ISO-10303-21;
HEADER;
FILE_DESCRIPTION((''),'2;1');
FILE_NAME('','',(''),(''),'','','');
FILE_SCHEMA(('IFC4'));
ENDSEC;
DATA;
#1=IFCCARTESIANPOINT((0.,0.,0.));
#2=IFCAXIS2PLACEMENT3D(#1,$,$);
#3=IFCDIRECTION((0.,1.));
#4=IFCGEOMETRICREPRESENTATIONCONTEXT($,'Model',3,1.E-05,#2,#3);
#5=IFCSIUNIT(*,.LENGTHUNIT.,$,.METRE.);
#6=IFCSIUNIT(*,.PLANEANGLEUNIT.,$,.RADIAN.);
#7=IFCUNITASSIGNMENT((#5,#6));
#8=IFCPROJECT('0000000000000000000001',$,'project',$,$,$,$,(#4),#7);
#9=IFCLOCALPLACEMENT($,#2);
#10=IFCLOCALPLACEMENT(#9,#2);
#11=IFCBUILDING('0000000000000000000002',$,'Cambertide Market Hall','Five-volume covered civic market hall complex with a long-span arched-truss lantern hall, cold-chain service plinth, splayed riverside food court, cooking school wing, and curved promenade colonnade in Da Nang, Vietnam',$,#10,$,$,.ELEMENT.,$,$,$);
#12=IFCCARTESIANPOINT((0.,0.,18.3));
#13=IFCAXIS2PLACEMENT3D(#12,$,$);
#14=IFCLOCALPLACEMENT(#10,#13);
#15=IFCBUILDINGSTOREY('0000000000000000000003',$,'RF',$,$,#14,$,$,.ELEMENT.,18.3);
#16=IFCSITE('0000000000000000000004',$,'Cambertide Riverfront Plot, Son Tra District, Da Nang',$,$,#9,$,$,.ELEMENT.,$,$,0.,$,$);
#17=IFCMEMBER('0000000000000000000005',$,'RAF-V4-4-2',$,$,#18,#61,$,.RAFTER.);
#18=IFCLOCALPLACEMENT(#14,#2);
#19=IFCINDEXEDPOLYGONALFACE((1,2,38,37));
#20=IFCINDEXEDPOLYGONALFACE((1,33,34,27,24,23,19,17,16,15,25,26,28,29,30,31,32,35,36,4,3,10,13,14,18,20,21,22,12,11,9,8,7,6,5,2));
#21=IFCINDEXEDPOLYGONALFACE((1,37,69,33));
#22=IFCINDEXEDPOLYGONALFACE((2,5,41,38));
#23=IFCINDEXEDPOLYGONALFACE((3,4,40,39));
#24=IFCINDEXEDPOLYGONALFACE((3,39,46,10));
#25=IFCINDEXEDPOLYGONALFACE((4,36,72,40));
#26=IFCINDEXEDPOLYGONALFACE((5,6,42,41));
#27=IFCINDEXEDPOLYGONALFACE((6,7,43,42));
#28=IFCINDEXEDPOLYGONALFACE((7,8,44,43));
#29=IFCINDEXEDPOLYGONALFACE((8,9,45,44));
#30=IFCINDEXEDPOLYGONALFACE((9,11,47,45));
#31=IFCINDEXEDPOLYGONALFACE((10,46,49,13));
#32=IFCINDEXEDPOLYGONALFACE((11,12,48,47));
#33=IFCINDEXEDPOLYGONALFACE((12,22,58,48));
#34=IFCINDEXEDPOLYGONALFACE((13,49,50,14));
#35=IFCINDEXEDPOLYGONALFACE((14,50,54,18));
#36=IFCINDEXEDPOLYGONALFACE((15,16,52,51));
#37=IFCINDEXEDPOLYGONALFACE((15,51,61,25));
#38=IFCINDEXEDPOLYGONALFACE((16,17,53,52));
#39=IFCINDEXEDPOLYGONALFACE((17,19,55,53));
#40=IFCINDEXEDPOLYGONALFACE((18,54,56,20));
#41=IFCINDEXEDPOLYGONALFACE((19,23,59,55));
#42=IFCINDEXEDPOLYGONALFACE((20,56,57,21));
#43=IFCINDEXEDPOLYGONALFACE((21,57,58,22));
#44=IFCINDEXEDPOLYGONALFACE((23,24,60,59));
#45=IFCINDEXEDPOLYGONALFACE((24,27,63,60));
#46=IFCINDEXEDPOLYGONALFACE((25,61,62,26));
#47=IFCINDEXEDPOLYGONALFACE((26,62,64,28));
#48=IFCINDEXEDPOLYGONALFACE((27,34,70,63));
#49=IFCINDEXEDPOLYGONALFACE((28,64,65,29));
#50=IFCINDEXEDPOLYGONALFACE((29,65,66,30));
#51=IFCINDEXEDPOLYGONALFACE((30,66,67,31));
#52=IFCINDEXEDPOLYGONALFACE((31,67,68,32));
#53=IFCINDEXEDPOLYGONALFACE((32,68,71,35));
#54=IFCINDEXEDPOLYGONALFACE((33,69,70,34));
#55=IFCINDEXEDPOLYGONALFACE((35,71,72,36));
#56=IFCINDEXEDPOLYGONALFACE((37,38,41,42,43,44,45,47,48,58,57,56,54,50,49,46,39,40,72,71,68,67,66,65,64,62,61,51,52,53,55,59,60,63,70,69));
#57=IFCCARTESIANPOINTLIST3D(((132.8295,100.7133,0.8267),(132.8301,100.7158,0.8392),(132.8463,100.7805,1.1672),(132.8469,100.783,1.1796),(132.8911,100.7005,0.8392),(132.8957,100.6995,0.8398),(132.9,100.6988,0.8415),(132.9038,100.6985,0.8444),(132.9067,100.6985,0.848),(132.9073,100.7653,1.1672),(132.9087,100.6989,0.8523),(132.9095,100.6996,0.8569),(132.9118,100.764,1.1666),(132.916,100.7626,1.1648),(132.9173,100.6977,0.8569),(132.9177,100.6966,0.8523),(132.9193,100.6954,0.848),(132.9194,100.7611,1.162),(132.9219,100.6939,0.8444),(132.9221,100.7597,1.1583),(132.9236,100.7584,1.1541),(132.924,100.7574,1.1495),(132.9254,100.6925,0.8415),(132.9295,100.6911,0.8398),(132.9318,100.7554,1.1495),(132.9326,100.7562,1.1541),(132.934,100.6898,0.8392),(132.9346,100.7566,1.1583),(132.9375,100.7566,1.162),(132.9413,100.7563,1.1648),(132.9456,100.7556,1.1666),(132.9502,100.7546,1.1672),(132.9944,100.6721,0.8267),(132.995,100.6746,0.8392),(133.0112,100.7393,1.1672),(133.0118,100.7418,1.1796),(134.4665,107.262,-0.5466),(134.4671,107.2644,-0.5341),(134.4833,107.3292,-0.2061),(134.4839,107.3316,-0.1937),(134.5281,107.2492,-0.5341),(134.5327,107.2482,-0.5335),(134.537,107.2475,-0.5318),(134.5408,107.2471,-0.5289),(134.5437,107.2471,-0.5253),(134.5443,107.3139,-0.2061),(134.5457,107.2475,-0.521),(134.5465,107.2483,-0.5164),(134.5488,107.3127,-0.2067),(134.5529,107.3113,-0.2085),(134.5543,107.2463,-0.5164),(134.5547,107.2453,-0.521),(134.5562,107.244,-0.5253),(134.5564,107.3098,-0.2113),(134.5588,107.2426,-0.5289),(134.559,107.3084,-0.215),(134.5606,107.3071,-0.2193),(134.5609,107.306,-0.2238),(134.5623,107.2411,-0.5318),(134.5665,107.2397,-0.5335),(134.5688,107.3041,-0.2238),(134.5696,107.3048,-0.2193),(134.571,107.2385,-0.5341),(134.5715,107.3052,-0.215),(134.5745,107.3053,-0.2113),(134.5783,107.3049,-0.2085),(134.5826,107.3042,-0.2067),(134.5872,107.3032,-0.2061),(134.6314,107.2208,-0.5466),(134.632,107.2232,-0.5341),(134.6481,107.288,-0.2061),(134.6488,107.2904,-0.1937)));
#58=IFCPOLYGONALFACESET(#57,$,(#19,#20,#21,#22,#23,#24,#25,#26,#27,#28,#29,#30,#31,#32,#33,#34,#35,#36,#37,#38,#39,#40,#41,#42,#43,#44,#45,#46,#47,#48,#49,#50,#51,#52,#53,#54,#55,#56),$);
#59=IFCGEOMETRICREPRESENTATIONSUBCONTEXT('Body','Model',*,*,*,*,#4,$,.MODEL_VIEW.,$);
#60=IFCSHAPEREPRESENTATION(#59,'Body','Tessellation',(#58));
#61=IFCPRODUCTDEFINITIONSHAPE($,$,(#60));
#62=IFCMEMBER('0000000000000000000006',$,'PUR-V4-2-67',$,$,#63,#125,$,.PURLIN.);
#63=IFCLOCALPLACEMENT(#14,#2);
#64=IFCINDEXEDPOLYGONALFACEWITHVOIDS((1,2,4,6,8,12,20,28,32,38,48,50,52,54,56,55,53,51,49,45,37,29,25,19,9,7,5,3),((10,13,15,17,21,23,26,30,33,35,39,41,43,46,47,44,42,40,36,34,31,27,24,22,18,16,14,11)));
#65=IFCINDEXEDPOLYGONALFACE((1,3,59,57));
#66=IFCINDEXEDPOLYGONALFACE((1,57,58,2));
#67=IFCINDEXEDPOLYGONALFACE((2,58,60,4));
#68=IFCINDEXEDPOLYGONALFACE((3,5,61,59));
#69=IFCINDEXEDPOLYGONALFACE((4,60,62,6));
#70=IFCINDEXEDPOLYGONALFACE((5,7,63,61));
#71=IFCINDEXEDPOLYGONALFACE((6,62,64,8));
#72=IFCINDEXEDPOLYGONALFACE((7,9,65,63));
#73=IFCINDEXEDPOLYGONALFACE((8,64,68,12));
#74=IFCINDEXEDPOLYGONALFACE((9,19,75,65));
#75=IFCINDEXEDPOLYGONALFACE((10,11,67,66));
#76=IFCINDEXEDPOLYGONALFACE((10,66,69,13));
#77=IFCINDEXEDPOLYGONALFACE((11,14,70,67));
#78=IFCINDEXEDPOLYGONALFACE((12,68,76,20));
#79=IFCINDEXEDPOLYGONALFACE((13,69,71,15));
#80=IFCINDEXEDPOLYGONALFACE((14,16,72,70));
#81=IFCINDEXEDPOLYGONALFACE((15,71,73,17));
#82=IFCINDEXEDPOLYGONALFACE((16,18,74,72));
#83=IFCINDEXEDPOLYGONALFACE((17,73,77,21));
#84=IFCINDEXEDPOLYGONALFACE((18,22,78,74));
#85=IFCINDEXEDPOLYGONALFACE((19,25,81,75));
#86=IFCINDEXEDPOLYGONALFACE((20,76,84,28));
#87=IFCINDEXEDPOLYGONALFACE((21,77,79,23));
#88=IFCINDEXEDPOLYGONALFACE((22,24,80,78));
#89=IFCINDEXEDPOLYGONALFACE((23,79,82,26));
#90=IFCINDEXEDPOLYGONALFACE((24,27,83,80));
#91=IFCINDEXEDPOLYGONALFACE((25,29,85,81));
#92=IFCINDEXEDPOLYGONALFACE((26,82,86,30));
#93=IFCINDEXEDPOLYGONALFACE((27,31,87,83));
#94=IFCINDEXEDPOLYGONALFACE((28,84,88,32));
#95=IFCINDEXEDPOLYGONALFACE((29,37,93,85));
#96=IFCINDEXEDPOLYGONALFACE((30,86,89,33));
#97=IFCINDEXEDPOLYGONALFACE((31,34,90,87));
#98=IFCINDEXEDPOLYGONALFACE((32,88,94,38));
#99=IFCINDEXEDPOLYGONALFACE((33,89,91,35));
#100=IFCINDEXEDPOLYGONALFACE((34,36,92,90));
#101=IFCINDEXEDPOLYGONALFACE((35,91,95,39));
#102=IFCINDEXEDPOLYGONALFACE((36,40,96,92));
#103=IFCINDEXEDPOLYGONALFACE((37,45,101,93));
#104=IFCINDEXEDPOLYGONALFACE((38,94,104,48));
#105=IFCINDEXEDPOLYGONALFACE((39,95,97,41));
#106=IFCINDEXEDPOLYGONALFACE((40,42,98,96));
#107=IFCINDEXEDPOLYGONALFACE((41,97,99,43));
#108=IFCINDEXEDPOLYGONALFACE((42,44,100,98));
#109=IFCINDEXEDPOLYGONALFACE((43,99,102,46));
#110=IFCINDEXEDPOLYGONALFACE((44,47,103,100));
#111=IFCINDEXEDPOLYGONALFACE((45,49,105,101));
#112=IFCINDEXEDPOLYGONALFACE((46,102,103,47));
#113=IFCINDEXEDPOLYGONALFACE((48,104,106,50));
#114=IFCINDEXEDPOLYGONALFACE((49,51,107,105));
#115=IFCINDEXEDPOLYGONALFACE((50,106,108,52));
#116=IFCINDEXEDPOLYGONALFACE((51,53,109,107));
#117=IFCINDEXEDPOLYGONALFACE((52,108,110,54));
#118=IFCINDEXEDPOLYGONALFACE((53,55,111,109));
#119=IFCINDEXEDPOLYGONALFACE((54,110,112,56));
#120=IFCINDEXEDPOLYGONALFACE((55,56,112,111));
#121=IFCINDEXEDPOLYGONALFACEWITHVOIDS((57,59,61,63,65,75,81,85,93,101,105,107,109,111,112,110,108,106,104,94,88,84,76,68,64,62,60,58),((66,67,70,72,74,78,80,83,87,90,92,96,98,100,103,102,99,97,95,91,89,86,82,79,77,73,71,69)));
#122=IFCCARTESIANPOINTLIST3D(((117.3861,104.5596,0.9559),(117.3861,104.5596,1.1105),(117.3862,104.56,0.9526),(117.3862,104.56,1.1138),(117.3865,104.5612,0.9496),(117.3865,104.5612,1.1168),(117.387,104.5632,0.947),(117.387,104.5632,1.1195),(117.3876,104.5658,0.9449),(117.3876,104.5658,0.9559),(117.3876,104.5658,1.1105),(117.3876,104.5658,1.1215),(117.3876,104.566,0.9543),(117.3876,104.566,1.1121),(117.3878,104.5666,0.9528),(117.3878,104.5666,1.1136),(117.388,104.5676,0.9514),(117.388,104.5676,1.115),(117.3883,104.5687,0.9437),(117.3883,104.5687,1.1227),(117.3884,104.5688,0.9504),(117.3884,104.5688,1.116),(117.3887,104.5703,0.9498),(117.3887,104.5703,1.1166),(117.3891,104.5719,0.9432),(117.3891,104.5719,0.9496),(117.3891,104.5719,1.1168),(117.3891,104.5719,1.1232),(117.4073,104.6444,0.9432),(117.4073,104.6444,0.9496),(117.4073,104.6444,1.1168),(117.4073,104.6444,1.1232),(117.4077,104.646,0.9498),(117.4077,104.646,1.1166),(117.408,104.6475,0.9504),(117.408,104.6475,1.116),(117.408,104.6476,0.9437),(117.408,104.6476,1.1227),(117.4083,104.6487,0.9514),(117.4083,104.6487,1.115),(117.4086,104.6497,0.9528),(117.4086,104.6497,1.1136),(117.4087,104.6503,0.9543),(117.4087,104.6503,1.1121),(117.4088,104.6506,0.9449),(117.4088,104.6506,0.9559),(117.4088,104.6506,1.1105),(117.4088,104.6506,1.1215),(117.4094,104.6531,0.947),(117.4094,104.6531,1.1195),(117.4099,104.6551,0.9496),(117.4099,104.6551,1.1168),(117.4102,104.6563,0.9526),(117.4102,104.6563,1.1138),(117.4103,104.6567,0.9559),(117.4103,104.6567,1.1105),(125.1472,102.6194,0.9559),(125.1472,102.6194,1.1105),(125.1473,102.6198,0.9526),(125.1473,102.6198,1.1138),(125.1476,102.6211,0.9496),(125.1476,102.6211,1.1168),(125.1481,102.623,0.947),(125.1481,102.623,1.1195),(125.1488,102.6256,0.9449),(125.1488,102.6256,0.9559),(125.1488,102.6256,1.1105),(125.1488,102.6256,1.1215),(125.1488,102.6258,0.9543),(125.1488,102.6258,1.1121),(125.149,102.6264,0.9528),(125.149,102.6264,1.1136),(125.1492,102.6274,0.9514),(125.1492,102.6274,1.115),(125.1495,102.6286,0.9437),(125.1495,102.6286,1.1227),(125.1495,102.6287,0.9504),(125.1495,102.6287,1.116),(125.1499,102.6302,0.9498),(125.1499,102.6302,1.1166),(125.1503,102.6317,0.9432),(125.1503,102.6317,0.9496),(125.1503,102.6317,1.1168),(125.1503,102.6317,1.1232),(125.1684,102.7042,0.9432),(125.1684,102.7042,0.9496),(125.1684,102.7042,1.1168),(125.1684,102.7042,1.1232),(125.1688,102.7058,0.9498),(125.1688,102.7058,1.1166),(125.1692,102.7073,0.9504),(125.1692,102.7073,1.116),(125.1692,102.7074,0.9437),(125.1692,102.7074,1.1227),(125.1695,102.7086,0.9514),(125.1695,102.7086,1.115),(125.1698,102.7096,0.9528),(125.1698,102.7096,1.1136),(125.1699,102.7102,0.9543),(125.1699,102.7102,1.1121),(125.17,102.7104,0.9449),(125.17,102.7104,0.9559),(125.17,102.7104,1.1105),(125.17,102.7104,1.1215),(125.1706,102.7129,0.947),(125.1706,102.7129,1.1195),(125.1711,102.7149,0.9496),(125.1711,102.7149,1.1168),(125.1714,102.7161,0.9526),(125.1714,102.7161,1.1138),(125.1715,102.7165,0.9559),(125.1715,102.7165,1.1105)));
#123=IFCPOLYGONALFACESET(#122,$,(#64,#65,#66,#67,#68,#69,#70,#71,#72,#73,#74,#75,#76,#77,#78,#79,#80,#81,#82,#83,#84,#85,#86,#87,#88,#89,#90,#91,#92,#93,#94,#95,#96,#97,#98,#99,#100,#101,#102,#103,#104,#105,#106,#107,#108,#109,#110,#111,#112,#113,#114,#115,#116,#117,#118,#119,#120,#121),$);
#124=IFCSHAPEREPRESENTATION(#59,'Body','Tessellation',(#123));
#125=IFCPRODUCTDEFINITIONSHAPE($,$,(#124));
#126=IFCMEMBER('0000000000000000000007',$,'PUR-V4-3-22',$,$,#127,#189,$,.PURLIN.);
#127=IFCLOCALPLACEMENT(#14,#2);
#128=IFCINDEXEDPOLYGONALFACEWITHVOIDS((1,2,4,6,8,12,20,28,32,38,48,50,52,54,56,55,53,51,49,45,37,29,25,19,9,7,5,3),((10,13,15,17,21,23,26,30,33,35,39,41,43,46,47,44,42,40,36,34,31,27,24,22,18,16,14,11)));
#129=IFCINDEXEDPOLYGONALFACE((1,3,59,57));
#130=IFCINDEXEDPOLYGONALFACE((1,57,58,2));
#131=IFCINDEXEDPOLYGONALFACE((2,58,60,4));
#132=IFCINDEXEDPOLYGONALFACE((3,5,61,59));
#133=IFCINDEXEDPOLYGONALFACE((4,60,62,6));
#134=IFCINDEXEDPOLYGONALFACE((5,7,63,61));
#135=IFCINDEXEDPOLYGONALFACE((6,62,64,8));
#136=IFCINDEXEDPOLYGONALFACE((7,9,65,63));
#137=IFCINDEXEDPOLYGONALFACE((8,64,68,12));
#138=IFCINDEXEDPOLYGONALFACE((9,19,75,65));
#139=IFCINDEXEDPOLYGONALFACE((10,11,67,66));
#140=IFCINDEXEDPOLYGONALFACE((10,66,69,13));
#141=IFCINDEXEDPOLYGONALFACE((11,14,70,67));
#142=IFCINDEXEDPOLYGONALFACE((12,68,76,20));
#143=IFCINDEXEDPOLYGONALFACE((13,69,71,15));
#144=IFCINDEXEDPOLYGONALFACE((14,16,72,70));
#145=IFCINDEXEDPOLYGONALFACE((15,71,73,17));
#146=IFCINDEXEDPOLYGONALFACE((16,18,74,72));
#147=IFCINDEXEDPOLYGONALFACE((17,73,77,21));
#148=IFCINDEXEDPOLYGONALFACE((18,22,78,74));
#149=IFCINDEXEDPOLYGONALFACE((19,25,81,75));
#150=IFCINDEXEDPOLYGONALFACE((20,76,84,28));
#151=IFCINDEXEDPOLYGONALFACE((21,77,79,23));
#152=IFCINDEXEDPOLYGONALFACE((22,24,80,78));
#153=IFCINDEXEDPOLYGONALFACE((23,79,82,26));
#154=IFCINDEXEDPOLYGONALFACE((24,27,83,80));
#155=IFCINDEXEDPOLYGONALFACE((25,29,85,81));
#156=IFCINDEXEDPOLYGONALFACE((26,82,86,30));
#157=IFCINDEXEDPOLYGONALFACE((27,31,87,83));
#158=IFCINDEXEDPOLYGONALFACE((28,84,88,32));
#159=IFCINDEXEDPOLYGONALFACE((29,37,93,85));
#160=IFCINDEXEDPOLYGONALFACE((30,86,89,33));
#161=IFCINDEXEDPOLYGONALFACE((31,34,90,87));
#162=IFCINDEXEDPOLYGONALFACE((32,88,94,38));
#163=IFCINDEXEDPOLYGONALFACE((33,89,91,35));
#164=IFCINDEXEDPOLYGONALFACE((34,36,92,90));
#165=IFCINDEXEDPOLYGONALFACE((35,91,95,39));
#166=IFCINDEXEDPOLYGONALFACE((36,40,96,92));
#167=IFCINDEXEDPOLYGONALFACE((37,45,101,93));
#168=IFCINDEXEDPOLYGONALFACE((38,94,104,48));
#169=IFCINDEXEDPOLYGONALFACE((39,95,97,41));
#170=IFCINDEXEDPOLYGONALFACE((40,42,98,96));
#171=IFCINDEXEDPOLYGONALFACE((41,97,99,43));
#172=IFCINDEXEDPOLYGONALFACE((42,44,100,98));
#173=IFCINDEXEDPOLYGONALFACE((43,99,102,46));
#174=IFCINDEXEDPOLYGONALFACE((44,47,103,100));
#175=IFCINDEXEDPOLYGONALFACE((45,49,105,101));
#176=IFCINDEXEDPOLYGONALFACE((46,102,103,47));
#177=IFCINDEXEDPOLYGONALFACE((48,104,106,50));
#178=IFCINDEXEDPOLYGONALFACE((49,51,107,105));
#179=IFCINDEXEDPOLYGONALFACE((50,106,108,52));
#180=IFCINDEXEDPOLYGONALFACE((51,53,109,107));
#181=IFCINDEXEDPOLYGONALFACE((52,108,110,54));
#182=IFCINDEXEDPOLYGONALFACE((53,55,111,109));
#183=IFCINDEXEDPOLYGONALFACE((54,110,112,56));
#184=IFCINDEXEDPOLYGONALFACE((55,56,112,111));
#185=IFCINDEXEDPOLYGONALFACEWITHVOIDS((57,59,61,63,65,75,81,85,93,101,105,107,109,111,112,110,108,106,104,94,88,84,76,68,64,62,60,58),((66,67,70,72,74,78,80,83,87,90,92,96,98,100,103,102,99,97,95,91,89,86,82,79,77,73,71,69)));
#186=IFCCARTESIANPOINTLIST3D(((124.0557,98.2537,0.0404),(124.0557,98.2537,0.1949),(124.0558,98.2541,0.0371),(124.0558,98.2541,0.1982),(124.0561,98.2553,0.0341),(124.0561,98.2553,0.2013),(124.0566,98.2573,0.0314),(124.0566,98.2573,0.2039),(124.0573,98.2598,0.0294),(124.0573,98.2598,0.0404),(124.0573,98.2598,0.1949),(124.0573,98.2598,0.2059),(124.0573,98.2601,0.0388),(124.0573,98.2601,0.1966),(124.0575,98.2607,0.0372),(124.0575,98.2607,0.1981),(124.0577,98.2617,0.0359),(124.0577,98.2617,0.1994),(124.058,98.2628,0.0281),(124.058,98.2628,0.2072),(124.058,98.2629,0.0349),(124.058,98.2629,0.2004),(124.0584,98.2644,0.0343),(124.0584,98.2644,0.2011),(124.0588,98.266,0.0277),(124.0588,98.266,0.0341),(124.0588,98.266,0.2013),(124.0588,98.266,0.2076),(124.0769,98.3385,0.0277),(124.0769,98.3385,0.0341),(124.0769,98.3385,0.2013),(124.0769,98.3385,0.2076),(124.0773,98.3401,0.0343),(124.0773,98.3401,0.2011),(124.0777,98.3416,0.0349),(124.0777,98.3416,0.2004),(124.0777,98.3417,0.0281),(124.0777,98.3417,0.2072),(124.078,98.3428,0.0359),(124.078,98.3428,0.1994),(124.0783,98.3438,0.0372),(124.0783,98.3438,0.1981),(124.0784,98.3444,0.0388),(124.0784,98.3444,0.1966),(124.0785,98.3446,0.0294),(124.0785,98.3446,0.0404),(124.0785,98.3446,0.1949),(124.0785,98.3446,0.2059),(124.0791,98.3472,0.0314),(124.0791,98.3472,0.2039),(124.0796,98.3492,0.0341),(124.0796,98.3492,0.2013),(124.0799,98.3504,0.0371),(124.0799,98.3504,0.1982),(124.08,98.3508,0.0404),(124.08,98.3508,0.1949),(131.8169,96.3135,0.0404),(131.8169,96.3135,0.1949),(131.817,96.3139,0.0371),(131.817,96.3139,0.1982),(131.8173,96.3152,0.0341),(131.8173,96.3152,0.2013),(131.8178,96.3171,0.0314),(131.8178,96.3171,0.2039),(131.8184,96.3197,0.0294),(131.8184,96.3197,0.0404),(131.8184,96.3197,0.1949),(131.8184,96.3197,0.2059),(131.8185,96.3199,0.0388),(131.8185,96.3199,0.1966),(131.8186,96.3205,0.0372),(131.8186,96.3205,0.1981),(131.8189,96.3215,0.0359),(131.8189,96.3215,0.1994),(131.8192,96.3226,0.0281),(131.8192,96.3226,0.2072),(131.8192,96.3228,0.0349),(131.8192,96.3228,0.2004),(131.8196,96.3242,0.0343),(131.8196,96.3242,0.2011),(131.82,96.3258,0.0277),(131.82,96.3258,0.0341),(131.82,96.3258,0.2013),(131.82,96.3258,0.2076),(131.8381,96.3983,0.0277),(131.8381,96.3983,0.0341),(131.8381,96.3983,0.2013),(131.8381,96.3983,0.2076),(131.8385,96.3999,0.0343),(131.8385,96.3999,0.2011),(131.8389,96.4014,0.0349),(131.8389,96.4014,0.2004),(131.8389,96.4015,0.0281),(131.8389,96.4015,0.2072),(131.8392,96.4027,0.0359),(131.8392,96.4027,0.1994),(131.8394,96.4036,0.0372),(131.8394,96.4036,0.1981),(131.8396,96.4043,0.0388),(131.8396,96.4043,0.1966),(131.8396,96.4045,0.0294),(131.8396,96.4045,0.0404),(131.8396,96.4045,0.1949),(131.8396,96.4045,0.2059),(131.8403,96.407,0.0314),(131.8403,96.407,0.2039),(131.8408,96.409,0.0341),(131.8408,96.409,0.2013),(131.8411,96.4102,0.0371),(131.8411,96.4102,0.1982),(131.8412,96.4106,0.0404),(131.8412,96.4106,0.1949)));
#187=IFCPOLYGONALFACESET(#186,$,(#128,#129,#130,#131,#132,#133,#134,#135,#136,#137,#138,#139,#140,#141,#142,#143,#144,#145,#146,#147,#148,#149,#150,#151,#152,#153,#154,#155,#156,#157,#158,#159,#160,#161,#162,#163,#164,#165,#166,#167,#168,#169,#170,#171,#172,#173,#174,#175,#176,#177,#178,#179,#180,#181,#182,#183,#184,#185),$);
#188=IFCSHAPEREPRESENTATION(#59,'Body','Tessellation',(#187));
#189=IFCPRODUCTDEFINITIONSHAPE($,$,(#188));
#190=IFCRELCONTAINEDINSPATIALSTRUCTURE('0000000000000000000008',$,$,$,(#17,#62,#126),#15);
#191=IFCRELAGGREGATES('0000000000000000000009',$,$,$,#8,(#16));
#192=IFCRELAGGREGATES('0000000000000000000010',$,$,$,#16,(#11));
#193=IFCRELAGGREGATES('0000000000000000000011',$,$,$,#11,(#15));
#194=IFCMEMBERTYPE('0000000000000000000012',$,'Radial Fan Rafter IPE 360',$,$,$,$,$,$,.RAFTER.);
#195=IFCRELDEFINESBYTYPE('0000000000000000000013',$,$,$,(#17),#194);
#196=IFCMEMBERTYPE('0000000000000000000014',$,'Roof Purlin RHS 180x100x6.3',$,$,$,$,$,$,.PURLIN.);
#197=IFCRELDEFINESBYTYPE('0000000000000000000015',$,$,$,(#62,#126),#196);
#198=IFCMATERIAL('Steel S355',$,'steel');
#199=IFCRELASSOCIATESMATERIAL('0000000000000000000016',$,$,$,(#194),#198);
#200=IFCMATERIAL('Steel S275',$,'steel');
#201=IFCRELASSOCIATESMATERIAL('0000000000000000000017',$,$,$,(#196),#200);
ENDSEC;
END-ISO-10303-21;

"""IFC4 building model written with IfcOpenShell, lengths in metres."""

from ifc_helpers import new_model, si_unit, direction, frame, origin, origin_2d, place, context, subcontext, project, spatial, hollow_rectangle, i_section, extrude, material, material_profile, profile_set, type_object, element, save


model = new_model("IFC4")

# Units and contexts
model_context = context("Model", 3, precision=1e-05, world=origin(), true_north=direction((0.0, 1.0)))
body_context = subcontext(model_context, "Body", "Model", "MODEL_VIEW")
ifc_project = project(units=[si_unit("LENGTHUNIT", "METRE"), si_unit("PLANEANGLEUNIT", "RADIAN")], contexts=[model_context])

# Site, building, storey
site_placement = place(None, origin())
site = spatial("IfcSite", under=ifc_project, at=site_placement, Name="Cambertide Riverfront Plot, Son Tra District, Da Nang", CompositionType="ELEMENT", RefElevation=0.0)
building_placement = place(site_placement, origin())
building = spatial("IfcBuilding", under=site, at=building_placement, Name="Cambertide Market Hall", Description="Five-volume covered civic market hall complex with a long-span arched-truss lantern hall, cold-chain service plinth, splayed riverside food court, cooking school wing, and curved promenade colonnade in Da Nang, Vietnam", CompositionType="ELEMENT")
storey_placement = place(building_placement, frame((0.0, 0.0, 18.3)))
storey = spatial("IfcBuildingStorey", under=building, at=storey_placement, Name="RF", CompositionType="ELEMENT", Elevation=18.3)

# Members
ifc_material_1 = material(Name="Steel S355", Category="steel")
ifc_material_profile_1 = material_profile(ifc_material_1, i_section(OverallWidth=0.1699, OverallDepth=0.3601, WebThickness=0.0081, FlangeThickness=0.0127, FilletRadius=0.0181, at=origin_2d()), Name="IPE 360")
ifc_profile_set_1 = profile_set([ifc_material_profile_1], Name="Steel S355")
member_type_1 = type_object("IfcMemberType", Name="Radial Fan Rafter IPE 360", PredefinedType="RAFTER", material=ifc_profile_set_1)
member_1_placement = place(storey_placement, frame((132.9207, 100.7275, 1.0032), z_axis=(0.237642, 0.950674, -0.199364), x_axis=(-0.970149, 0.24251, 0.0)))
element("IfcMember", 1, at=member_1_placement, inside=storey, type_object=member_type_1, Name="RAF-V4-4-2", PredefinedType="RAFTER", context=body_context, shape_type="SweptSolid", body=[
    extrude(i_section(OverallWidth=0.1699, OverallDepth=0.3601, WebThickness=0.0081, FlangeThickness=0.0127, FilletRadius=0.0181, at=origin_2d()), origin(), (0.0, 0.0, 1.0), 6.8884),
])
ifc_material_2 = material(Name="Steel S275", Category="steel")
ifc_material_profile_2 = material_profile(ifc_material_2, hollow_rectangle(XDim=0.1001, YDim=0.1799, WallThickness=0.0063, InnerFilletRadius=0.0063, OuterFilletRadius=0.0127, at=origin_2d()), Name="RHS 180x100x6.3")
ifc_profile_set_2 = profile_set([ifc_material_profile_2], Name="Steel S275")
member_type_2 = type_object("IfcMemberType", Name="Roof Purlin RHS 180x100x6.3", PredefinedType="PURLIN", material=ifc_profile_set_2)
for number, where, z_axis, x_axis, name in (
    (2, (117.3982, 104.6082, 1.0332), (0.970146, -0.242521, 0.0), (0.242521, 0.970146, 0.0), "PUR-V4-2-67"),
    (3, (124.0679, 98.3022, 0.1177), (0.970146, -0.242521, 0.0), (0.242521, 0.970146, 0.0), "PUR-V4-3-22"),
):
    element("IfcMember", number, at=place(storey_placement, frame(where, z_axis=z_axis, x_axis=x_axis)), inside=storey, type_object=member_type_2, Name=name, PredefinedType="PURLIN", context=body_context, shape_type="SweptSolid", body=[
        extrude(hollow_rectangle(XDim=0.1001, YDim=0.1799, WallThickness=0.0063, InnerFilletRadius=0.0063, OuterFilletRadius=0.0127, at=origin_2d()), origin(), (0.0, 0.0, 1.0), 8.0),
    ])

save(model, "model.ifc")
